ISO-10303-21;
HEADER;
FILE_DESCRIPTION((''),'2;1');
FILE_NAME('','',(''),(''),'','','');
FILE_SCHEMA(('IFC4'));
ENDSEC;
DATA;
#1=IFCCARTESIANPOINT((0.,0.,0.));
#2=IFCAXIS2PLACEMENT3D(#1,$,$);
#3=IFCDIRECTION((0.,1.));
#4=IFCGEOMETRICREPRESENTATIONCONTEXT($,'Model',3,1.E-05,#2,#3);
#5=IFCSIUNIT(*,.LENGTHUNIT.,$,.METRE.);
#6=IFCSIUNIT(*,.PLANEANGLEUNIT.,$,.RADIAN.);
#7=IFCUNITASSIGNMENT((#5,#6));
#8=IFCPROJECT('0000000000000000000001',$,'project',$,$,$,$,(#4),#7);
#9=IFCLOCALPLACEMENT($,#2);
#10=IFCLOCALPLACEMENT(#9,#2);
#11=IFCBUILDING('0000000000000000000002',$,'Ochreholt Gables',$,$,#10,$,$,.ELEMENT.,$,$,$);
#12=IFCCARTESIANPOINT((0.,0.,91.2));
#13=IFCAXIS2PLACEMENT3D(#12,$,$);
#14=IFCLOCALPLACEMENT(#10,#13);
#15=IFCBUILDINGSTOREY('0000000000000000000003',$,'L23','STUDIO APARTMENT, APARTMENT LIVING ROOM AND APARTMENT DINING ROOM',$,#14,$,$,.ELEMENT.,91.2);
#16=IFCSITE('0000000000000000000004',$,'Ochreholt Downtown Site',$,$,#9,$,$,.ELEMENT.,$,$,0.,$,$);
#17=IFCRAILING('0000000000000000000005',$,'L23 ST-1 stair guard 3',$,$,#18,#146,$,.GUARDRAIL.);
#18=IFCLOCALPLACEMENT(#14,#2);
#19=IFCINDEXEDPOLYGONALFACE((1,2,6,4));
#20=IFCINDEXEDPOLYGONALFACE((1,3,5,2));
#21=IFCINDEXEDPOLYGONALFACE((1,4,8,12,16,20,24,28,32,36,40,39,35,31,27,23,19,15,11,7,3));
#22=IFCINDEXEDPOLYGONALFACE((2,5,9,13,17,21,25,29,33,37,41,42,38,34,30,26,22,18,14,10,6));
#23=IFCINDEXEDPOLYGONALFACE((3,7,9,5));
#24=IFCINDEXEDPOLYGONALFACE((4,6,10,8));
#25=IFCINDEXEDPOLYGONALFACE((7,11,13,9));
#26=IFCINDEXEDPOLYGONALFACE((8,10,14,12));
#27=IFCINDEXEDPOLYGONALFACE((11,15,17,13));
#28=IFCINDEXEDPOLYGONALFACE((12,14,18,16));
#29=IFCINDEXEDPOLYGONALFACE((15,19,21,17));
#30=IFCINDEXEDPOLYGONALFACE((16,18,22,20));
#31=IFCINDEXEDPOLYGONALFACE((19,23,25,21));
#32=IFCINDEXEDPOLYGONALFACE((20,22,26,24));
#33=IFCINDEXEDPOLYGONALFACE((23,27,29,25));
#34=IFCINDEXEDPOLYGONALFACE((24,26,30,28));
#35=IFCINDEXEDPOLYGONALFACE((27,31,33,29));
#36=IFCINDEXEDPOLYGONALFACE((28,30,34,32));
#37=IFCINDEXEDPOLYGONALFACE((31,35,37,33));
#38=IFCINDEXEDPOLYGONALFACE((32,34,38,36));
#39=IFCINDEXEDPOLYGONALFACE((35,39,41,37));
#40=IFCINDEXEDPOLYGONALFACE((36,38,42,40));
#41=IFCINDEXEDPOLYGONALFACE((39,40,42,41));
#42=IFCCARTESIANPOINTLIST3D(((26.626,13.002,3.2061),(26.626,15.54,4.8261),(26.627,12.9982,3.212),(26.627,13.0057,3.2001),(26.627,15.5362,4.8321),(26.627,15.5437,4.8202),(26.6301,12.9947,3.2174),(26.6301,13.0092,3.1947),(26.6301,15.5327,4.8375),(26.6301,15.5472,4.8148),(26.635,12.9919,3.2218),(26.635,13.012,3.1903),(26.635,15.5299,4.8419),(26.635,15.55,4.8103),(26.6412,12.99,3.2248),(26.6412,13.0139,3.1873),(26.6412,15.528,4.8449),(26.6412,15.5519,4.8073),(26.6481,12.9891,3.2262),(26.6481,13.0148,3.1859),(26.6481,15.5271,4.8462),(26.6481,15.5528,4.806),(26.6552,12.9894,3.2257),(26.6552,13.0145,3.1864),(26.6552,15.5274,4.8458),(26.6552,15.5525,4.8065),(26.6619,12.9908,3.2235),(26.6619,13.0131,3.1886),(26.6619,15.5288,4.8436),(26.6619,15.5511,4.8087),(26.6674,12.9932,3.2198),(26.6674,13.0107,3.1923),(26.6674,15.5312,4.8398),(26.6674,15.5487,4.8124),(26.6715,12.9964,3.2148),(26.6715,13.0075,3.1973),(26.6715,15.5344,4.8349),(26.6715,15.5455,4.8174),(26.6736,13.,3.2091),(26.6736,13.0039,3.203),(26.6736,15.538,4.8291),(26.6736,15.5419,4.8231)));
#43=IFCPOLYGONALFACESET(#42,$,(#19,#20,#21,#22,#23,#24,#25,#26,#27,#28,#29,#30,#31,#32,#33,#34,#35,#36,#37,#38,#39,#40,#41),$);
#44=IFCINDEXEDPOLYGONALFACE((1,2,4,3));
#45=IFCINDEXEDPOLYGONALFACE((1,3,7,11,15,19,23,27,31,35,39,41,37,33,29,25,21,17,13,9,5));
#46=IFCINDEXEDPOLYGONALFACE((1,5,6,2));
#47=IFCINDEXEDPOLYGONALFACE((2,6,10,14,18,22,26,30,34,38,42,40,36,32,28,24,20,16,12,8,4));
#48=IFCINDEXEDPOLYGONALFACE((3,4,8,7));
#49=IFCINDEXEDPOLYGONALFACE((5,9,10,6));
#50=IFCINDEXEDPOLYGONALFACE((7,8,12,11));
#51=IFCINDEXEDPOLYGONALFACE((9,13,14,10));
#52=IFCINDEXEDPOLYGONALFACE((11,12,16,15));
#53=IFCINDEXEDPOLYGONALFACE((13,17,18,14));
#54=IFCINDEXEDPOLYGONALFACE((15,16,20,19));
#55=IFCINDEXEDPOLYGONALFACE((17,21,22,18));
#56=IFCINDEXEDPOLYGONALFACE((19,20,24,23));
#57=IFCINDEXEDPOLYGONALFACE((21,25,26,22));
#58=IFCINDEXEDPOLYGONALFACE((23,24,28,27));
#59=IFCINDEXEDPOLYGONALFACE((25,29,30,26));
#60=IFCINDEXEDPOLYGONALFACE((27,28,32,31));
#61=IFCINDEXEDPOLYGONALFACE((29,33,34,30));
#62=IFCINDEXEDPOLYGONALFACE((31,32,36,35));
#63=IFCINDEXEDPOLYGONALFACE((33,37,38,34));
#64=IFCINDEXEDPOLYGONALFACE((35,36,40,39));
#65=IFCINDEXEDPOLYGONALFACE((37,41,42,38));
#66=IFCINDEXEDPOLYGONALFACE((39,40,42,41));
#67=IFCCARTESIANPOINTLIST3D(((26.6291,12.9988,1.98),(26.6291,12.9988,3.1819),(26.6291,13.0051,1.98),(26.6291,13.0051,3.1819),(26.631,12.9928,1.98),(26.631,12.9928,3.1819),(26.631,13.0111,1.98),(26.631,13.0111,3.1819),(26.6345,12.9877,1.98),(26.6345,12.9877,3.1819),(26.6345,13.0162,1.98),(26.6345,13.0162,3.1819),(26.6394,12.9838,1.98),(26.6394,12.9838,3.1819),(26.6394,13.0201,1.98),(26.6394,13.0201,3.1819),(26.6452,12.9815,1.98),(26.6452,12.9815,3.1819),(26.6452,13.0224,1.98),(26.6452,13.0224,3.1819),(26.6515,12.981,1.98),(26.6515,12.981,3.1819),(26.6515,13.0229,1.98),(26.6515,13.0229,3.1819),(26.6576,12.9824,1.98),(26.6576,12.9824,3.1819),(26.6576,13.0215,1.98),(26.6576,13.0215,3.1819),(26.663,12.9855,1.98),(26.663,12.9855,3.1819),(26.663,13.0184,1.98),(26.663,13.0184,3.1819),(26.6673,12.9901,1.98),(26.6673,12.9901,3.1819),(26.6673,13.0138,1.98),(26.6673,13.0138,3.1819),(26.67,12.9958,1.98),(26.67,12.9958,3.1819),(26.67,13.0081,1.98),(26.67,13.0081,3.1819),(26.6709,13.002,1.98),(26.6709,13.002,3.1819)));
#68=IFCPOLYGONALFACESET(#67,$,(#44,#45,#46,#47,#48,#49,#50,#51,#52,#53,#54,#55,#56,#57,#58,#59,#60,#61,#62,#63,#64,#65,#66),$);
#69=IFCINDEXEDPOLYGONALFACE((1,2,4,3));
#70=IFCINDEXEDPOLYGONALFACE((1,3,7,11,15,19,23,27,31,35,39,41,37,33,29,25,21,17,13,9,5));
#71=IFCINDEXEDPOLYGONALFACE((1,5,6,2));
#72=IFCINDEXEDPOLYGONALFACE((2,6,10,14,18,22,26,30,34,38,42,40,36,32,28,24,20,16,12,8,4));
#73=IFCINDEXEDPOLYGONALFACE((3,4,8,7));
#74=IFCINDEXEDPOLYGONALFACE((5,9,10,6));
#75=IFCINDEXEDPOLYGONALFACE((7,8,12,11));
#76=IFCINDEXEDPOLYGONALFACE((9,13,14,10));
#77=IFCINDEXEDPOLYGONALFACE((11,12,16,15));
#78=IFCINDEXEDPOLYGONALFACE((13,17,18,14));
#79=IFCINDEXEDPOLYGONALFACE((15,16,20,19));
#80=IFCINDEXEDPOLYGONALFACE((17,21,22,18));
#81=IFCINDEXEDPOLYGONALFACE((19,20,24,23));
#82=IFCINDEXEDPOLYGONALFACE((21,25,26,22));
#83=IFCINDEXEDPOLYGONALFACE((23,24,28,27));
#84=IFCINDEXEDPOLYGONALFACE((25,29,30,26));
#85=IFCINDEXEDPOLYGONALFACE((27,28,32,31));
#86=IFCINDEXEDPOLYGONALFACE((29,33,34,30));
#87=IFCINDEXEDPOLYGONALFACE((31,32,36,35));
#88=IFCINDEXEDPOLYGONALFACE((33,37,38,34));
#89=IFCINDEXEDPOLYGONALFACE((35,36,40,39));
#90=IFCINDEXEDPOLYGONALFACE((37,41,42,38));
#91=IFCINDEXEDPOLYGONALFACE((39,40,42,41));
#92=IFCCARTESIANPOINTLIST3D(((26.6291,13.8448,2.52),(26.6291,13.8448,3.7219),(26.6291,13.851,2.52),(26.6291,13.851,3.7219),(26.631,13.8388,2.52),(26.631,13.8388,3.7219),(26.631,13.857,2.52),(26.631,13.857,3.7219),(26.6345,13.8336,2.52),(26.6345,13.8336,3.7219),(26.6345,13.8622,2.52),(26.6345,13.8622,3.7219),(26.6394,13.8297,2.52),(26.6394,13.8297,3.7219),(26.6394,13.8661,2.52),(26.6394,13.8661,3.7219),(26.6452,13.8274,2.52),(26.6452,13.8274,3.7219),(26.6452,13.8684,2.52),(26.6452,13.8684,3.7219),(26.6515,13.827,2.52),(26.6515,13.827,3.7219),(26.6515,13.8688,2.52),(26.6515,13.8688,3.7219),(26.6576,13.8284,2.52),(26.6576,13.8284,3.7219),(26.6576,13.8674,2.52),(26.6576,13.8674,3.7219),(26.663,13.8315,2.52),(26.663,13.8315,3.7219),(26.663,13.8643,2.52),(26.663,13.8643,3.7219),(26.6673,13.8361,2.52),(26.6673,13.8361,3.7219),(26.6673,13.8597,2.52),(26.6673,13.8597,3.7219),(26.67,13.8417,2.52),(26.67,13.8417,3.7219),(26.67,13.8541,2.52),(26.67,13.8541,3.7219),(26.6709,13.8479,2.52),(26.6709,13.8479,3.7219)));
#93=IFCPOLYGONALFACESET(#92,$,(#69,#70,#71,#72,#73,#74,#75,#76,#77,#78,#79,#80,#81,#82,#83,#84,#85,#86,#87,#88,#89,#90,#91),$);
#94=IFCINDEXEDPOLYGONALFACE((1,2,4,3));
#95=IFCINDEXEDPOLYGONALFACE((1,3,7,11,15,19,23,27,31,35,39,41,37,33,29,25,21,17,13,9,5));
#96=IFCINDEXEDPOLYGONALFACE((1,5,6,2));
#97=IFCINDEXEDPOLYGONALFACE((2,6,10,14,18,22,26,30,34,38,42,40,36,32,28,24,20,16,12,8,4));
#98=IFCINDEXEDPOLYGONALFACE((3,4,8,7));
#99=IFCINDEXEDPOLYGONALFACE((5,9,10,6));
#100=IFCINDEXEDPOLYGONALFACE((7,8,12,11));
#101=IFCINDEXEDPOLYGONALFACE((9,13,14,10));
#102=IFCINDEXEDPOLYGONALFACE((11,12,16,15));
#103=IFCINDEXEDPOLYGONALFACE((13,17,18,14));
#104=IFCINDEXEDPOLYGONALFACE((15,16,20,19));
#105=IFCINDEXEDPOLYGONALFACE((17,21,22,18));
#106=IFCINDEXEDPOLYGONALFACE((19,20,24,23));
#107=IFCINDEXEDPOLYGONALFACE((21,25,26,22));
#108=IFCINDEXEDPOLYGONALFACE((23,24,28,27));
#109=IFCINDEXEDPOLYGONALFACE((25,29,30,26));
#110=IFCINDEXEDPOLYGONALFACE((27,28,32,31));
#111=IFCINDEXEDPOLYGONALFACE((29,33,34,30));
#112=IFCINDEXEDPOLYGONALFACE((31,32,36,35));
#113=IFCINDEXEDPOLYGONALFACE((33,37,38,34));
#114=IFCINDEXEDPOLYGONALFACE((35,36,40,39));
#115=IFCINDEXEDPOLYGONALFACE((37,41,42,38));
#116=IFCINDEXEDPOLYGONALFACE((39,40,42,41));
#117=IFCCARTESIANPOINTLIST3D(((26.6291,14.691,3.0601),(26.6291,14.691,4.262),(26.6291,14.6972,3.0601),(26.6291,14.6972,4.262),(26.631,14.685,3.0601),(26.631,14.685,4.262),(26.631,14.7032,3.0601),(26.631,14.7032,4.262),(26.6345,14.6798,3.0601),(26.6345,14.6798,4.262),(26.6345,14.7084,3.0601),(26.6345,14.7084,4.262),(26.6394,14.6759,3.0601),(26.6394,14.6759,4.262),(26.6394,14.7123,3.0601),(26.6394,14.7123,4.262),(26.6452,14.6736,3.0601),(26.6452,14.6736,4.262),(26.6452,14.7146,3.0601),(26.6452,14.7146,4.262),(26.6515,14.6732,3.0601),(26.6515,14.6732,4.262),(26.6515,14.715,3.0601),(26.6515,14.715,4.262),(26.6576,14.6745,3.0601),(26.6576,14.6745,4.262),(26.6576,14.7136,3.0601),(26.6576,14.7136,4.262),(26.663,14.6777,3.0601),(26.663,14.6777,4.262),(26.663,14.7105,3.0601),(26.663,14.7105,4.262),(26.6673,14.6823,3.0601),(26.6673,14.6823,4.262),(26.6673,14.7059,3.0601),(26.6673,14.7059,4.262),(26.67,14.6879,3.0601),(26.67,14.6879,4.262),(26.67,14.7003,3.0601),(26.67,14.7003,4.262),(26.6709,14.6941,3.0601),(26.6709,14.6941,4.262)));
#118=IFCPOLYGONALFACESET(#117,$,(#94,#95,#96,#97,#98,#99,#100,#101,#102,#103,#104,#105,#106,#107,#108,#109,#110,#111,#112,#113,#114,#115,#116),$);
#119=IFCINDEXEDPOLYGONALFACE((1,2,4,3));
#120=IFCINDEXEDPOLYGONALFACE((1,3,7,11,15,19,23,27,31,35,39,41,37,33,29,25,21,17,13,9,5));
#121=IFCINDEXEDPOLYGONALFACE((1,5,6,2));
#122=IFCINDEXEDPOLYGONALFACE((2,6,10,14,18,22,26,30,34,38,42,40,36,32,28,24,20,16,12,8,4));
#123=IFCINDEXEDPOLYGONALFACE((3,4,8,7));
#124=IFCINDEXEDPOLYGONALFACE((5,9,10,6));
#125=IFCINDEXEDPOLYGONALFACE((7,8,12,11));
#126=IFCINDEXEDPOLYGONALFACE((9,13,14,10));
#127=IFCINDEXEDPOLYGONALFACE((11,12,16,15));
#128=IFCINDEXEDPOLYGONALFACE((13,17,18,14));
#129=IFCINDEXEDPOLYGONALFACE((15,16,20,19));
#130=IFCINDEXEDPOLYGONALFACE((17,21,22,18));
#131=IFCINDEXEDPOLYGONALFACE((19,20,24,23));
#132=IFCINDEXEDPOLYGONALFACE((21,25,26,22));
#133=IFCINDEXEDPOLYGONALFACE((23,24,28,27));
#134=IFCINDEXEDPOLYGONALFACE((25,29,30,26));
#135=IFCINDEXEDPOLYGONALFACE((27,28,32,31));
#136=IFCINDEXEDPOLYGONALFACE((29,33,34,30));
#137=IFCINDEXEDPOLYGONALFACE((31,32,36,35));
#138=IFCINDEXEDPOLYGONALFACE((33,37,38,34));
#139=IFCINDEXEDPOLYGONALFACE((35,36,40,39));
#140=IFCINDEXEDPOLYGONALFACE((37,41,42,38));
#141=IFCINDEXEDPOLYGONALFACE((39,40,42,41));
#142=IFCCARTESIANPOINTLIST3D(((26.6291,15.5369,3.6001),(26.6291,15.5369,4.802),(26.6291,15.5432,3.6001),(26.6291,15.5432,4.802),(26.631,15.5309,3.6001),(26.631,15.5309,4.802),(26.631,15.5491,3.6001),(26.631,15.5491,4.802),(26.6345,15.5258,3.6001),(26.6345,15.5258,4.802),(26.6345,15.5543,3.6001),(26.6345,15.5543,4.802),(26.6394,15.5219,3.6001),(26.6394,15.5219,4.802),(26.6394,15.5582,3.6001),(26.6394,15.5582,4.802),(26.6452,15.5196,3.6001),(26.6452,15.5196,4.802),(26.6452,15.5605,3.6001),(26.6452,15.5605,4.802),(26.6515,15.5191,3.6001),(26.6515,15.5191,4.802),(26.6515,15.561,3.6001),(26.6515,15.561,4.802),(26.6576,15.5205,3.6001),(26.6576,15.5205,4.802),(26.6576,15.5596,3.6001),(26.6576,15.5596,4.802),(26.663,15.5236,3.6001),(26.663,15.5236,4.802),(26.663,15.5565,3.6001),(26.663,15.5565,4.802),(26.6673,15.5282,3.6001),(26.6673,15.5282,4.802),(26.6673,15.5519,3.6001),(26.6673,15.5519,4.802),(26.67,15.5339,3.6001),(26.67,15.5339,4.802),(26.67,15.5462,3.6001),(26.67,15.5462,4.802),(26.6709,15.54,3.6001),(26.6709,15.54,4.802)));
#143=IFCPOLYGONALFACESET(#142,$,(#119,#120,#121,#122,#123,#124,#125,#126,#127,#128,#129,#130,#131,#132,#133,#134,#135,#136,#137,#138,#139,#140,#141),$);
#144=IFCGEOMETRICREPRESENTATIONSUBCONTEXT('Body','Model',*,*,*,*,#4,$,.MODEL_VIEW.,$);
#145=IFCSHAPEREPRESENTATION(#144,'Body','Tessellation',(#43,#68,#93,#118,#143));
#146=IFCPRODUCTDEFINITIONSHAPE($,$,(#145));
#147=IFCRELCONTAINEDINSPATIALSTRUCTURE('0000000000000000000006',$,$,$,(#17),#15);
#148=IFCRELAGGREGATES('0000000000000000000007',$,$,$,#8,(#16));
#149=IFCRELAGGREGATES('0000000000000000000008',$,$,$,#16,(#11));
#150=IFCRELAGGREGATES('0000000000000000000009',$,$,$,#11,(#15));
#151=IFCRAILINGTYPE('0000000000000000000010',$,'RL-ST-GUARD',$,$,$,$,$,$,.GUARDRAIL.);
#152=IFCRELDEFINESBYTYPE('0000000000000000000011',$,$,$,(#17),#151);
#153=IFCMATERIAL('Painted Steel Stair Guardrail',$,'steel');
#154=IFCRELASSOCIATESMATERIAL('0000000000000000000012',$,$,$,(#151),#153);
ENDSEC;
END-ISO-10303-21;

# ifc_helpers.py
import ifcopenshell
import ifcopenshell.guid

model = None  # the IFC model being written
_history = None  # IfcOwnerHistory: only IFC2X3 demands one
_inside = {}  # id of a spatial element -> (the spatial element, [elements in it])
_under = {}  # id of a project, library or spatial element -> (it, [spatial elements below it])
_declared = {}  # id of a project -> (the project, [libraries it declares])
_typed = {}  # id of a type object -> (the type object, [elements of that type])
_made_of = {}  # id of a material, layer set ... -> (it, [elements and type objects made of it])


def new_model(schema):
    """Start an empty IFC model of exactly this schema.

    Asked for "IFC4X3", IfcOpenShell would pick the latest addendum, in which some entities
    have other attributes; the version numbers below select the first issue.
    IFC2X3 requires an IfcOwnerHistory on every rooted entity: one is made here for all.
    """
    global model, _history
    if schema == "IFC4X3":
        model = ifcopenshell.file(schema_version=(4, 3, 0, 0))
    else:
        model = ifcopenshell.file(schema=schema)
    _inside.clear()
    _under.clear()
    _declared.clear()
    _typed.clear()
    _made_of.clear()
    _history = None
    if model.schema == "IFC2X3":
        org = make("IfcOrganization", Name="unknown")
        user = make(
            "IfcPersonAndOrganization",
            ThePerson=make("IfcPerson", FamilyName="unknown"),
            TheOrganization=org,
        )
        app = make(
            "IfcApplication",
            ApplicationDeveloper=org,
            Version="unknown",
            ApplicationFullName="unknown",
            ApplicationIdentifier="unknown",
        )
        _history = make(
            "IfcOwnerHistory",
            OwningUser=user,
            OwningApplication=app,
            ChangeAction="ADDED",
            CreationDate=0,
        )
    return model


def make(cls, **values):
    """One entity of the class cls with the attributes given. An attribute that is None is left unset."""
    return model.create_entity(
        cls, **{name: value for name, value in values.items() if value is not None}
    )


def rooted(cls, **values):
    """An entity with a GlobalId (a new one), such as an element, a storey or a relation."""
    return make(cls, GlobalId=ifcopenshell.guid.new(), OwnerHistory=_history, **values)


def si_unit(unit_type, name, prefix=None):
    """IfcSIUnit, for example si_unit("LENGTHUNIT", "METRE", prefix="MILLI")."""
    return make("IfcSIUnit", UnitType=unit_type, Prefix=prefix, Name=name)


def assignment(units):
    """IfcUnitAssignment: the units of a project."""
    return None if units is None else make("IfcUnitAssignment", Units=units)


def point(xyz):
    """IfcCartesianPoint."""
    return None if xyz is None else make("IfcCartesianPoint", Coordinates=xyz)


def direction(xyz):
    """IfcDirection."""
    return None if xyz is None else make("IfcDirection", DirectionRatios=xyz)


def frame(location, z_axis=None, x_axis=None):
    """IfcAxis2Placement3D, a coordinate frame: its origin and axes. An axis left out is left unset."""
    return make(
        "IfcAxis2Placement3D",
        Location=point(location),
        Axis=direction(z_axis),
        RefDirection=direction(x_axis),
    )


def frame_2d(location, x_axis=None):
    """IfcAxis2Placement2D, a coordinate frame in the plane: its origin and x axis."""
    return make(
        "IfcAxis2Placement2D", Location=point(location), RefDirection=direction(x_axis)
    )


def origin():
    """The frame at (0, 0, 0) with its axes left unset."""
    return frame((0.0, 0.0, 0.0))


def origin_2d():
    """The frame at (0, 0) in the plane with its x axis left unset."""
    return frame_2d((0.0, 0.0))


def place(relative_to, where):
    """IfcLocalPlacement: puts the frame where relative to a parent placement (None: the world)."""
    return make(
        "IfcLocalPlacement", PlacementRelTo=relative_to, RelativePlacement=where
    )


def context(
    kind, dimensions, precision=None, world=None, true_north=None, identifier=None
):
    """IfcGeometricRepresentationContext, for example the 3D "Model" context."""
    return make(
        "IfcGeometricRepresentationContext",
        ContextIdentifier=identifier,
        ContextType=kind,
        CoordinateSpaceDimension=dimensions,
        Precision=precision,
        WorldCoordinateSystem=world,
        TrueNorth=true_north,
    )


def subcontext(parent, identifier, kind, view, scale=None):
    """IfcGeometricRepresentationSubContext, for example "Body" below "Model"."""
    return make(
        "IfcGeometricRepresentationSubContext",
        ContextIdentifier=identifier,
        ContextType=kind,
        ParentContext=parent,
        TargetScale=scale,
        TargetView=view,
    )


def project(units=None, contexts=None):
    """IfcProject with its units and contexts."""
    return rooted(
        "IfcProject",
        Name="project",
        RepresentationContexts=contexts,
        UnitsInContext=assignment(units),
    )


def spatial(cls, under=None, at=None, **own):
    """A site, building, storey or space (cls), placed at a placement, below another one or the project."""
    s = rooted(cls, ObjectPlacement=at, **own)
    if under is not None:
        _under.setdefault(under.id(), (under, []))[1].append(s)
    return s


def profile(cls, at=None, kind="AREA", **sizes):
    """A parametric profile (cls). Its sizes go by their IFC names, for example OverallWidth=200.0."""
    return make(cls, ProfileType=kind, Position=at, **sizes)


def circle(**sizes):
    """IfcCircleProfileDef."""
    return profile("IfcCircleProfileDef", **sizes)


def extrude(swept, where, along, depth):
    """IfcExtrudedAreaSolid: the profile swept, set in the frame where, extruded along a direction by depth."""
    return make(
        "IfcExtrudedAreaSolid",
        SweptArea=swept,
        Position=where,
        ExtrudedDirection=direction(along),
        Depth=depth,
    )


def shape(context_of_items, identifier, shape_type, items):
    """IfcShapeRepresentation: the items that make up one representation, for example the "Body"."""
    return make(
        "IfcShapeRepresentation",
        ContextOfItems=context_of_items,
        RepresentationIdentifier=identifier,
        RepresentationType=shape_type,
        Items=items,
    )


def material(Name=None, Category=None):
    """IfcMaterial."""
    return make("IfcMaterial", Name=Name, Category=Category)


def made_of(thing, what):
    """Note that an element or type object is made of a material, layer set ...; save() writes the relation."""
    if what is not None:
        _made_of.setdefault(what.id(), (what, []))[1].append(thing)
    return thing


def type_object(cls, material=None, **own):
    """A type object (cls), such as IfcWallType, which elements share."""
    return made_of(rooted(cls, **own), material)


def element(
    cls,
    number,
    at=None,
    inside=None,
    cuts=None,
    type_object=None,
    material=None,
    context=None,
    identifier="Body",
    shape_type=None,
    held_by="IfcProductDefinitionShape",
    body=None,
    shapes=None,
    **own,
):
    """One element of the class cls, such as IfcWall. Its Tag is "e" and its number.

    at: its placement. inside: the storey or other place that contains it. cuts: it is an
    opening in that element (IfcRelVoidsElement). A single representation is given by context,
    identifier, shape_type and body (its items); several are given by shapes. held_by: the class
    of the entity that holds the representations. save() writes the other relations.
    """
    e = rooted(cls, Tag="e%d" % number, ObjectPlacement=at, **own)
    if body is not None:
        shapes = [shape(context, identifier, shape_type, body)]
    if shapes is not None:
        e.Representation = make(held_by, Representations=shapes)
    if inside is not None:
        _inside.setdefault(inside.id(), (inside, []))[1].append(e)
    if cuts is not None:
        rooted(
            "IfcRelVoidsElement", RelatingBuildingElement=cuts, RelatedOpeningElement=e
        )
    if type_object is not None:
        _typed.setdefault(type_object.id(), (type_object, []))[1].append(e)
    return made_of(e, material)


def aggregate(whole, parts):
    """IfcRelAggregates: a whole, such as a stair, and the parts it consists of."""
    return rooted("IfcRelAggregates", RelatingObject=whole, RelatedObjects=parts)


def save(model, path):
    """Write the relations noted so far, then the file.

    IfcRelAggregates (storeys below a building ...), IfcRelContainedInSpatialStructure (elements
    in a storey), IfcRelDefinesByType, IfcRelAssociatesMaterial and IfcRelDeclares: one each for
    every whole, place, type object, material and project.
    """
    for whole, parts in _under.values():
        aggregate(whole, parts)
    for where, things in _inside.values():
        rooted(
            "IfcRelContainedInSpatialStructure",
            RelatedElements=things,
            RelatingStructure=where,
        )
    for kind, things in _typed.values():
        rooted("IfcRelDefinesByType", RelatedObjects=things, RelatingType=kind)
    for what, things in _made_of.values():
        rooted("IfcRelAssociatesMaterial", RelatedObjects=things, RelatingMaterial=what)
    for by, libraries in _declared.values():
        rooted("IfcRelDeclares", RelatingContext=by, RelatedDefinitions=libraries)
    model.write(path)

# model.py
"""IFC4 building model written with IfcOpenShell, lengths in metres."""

from ifc_helpers import new_model, si_unit, direction, frame, origin, origin_2d, place, context, subcontext, project, spatial, circle, extrude, material, type_object, element, save


model = new_model("IFC4")

# Units and contexts
model_context = context("Model", 3, precision=1e-05, world=origin(), true_north=direction((0.0, 1.0)))
body_context = subcontext(model_context, "Body", "Model", "MODEL_VIEW")
ifc_project = project(units=[si_unit("LENGTHUNIT", "METRE"), si_unit("PLANEANGLEUNIT", "RADIAN")], contexts=[model_context])

# Site, building, storey
site_placement = place(None, origin())
site = spatial("IfcSite", under=ifc_project, at=site_placement, Name="Ochreholt Downtown Site", CompositionType="ELEMENT", RefElevation=0.0)
building_placement = place(site_placement, origin())
building = spatial("IfcBuilding", under=site, at=building_placement, Name="Ochreholt Gables", CompositionType="ELEMENT")
storey_placement = place(building_placement, frame((0.0, 0.0, 91.2)))
storey = spatial("IfcBuildingStorey", under=building, at=storey_placement, Name="L23", Description="STUDIO APARTMENT, APARTMENT LIVING ROOM AND APARTMENT DINING ROOM", CompositionType="ELEMENT", Elevation=91.2)

# Railing
ifc_material_1 = material(Name="Painted Steel Stair Guardrail", Category="steel")
railing_type_1 = type_object("IfcRailingType", Name="RL-ST-GUARD", PredefinedType="GUARDRAIL", material=ifc_material_1)
railing_1_placement = place(storey_placement, frame((26.6499, 13.002, 1.98)))
element("IfcRailing", 1, at=railing_1_placement, inside=storey, type_object=railing_type_1, Name="L23 ST-1 stair guard 3", PredefinedType="GUARDRAIL", context=body_context, shape_type="SweptSolid", body=[
    extrude(circle(Radius=0.0239, at=origin_2d()), frame((0.0, 0.0, 1.2261), z_axis=(0.0, 0.842913, 0.53805), x_axis=(-1.0, 0.0, 0.0)), (0.0, 0.0, 1.0), 3.011),
    extrude(circle(Radius=0.021, at=origin_2d()), origin(), (0.0, 0.0, 1.0), 1.2019),
    extrude(circle(Radius=0.021, at=origin_2d()), frame((0.0, 0.8459, 0.54)), (0.0, 0.0, 1.0), 1.2019),
    extrude(circle(Radius=0.021, at=origin_2d()), frame((0.0, 1.6921, 1.0801)), (0.0, 0.0, 1.0), 1.2019),
    extrude(circle(Radius=0.021, at=origin_2d()), frame((0.0, 2.5381, 1.6201)), (0.0, 0.0, 1.0), 1.2019),
])

save(model, "model.ifc")
